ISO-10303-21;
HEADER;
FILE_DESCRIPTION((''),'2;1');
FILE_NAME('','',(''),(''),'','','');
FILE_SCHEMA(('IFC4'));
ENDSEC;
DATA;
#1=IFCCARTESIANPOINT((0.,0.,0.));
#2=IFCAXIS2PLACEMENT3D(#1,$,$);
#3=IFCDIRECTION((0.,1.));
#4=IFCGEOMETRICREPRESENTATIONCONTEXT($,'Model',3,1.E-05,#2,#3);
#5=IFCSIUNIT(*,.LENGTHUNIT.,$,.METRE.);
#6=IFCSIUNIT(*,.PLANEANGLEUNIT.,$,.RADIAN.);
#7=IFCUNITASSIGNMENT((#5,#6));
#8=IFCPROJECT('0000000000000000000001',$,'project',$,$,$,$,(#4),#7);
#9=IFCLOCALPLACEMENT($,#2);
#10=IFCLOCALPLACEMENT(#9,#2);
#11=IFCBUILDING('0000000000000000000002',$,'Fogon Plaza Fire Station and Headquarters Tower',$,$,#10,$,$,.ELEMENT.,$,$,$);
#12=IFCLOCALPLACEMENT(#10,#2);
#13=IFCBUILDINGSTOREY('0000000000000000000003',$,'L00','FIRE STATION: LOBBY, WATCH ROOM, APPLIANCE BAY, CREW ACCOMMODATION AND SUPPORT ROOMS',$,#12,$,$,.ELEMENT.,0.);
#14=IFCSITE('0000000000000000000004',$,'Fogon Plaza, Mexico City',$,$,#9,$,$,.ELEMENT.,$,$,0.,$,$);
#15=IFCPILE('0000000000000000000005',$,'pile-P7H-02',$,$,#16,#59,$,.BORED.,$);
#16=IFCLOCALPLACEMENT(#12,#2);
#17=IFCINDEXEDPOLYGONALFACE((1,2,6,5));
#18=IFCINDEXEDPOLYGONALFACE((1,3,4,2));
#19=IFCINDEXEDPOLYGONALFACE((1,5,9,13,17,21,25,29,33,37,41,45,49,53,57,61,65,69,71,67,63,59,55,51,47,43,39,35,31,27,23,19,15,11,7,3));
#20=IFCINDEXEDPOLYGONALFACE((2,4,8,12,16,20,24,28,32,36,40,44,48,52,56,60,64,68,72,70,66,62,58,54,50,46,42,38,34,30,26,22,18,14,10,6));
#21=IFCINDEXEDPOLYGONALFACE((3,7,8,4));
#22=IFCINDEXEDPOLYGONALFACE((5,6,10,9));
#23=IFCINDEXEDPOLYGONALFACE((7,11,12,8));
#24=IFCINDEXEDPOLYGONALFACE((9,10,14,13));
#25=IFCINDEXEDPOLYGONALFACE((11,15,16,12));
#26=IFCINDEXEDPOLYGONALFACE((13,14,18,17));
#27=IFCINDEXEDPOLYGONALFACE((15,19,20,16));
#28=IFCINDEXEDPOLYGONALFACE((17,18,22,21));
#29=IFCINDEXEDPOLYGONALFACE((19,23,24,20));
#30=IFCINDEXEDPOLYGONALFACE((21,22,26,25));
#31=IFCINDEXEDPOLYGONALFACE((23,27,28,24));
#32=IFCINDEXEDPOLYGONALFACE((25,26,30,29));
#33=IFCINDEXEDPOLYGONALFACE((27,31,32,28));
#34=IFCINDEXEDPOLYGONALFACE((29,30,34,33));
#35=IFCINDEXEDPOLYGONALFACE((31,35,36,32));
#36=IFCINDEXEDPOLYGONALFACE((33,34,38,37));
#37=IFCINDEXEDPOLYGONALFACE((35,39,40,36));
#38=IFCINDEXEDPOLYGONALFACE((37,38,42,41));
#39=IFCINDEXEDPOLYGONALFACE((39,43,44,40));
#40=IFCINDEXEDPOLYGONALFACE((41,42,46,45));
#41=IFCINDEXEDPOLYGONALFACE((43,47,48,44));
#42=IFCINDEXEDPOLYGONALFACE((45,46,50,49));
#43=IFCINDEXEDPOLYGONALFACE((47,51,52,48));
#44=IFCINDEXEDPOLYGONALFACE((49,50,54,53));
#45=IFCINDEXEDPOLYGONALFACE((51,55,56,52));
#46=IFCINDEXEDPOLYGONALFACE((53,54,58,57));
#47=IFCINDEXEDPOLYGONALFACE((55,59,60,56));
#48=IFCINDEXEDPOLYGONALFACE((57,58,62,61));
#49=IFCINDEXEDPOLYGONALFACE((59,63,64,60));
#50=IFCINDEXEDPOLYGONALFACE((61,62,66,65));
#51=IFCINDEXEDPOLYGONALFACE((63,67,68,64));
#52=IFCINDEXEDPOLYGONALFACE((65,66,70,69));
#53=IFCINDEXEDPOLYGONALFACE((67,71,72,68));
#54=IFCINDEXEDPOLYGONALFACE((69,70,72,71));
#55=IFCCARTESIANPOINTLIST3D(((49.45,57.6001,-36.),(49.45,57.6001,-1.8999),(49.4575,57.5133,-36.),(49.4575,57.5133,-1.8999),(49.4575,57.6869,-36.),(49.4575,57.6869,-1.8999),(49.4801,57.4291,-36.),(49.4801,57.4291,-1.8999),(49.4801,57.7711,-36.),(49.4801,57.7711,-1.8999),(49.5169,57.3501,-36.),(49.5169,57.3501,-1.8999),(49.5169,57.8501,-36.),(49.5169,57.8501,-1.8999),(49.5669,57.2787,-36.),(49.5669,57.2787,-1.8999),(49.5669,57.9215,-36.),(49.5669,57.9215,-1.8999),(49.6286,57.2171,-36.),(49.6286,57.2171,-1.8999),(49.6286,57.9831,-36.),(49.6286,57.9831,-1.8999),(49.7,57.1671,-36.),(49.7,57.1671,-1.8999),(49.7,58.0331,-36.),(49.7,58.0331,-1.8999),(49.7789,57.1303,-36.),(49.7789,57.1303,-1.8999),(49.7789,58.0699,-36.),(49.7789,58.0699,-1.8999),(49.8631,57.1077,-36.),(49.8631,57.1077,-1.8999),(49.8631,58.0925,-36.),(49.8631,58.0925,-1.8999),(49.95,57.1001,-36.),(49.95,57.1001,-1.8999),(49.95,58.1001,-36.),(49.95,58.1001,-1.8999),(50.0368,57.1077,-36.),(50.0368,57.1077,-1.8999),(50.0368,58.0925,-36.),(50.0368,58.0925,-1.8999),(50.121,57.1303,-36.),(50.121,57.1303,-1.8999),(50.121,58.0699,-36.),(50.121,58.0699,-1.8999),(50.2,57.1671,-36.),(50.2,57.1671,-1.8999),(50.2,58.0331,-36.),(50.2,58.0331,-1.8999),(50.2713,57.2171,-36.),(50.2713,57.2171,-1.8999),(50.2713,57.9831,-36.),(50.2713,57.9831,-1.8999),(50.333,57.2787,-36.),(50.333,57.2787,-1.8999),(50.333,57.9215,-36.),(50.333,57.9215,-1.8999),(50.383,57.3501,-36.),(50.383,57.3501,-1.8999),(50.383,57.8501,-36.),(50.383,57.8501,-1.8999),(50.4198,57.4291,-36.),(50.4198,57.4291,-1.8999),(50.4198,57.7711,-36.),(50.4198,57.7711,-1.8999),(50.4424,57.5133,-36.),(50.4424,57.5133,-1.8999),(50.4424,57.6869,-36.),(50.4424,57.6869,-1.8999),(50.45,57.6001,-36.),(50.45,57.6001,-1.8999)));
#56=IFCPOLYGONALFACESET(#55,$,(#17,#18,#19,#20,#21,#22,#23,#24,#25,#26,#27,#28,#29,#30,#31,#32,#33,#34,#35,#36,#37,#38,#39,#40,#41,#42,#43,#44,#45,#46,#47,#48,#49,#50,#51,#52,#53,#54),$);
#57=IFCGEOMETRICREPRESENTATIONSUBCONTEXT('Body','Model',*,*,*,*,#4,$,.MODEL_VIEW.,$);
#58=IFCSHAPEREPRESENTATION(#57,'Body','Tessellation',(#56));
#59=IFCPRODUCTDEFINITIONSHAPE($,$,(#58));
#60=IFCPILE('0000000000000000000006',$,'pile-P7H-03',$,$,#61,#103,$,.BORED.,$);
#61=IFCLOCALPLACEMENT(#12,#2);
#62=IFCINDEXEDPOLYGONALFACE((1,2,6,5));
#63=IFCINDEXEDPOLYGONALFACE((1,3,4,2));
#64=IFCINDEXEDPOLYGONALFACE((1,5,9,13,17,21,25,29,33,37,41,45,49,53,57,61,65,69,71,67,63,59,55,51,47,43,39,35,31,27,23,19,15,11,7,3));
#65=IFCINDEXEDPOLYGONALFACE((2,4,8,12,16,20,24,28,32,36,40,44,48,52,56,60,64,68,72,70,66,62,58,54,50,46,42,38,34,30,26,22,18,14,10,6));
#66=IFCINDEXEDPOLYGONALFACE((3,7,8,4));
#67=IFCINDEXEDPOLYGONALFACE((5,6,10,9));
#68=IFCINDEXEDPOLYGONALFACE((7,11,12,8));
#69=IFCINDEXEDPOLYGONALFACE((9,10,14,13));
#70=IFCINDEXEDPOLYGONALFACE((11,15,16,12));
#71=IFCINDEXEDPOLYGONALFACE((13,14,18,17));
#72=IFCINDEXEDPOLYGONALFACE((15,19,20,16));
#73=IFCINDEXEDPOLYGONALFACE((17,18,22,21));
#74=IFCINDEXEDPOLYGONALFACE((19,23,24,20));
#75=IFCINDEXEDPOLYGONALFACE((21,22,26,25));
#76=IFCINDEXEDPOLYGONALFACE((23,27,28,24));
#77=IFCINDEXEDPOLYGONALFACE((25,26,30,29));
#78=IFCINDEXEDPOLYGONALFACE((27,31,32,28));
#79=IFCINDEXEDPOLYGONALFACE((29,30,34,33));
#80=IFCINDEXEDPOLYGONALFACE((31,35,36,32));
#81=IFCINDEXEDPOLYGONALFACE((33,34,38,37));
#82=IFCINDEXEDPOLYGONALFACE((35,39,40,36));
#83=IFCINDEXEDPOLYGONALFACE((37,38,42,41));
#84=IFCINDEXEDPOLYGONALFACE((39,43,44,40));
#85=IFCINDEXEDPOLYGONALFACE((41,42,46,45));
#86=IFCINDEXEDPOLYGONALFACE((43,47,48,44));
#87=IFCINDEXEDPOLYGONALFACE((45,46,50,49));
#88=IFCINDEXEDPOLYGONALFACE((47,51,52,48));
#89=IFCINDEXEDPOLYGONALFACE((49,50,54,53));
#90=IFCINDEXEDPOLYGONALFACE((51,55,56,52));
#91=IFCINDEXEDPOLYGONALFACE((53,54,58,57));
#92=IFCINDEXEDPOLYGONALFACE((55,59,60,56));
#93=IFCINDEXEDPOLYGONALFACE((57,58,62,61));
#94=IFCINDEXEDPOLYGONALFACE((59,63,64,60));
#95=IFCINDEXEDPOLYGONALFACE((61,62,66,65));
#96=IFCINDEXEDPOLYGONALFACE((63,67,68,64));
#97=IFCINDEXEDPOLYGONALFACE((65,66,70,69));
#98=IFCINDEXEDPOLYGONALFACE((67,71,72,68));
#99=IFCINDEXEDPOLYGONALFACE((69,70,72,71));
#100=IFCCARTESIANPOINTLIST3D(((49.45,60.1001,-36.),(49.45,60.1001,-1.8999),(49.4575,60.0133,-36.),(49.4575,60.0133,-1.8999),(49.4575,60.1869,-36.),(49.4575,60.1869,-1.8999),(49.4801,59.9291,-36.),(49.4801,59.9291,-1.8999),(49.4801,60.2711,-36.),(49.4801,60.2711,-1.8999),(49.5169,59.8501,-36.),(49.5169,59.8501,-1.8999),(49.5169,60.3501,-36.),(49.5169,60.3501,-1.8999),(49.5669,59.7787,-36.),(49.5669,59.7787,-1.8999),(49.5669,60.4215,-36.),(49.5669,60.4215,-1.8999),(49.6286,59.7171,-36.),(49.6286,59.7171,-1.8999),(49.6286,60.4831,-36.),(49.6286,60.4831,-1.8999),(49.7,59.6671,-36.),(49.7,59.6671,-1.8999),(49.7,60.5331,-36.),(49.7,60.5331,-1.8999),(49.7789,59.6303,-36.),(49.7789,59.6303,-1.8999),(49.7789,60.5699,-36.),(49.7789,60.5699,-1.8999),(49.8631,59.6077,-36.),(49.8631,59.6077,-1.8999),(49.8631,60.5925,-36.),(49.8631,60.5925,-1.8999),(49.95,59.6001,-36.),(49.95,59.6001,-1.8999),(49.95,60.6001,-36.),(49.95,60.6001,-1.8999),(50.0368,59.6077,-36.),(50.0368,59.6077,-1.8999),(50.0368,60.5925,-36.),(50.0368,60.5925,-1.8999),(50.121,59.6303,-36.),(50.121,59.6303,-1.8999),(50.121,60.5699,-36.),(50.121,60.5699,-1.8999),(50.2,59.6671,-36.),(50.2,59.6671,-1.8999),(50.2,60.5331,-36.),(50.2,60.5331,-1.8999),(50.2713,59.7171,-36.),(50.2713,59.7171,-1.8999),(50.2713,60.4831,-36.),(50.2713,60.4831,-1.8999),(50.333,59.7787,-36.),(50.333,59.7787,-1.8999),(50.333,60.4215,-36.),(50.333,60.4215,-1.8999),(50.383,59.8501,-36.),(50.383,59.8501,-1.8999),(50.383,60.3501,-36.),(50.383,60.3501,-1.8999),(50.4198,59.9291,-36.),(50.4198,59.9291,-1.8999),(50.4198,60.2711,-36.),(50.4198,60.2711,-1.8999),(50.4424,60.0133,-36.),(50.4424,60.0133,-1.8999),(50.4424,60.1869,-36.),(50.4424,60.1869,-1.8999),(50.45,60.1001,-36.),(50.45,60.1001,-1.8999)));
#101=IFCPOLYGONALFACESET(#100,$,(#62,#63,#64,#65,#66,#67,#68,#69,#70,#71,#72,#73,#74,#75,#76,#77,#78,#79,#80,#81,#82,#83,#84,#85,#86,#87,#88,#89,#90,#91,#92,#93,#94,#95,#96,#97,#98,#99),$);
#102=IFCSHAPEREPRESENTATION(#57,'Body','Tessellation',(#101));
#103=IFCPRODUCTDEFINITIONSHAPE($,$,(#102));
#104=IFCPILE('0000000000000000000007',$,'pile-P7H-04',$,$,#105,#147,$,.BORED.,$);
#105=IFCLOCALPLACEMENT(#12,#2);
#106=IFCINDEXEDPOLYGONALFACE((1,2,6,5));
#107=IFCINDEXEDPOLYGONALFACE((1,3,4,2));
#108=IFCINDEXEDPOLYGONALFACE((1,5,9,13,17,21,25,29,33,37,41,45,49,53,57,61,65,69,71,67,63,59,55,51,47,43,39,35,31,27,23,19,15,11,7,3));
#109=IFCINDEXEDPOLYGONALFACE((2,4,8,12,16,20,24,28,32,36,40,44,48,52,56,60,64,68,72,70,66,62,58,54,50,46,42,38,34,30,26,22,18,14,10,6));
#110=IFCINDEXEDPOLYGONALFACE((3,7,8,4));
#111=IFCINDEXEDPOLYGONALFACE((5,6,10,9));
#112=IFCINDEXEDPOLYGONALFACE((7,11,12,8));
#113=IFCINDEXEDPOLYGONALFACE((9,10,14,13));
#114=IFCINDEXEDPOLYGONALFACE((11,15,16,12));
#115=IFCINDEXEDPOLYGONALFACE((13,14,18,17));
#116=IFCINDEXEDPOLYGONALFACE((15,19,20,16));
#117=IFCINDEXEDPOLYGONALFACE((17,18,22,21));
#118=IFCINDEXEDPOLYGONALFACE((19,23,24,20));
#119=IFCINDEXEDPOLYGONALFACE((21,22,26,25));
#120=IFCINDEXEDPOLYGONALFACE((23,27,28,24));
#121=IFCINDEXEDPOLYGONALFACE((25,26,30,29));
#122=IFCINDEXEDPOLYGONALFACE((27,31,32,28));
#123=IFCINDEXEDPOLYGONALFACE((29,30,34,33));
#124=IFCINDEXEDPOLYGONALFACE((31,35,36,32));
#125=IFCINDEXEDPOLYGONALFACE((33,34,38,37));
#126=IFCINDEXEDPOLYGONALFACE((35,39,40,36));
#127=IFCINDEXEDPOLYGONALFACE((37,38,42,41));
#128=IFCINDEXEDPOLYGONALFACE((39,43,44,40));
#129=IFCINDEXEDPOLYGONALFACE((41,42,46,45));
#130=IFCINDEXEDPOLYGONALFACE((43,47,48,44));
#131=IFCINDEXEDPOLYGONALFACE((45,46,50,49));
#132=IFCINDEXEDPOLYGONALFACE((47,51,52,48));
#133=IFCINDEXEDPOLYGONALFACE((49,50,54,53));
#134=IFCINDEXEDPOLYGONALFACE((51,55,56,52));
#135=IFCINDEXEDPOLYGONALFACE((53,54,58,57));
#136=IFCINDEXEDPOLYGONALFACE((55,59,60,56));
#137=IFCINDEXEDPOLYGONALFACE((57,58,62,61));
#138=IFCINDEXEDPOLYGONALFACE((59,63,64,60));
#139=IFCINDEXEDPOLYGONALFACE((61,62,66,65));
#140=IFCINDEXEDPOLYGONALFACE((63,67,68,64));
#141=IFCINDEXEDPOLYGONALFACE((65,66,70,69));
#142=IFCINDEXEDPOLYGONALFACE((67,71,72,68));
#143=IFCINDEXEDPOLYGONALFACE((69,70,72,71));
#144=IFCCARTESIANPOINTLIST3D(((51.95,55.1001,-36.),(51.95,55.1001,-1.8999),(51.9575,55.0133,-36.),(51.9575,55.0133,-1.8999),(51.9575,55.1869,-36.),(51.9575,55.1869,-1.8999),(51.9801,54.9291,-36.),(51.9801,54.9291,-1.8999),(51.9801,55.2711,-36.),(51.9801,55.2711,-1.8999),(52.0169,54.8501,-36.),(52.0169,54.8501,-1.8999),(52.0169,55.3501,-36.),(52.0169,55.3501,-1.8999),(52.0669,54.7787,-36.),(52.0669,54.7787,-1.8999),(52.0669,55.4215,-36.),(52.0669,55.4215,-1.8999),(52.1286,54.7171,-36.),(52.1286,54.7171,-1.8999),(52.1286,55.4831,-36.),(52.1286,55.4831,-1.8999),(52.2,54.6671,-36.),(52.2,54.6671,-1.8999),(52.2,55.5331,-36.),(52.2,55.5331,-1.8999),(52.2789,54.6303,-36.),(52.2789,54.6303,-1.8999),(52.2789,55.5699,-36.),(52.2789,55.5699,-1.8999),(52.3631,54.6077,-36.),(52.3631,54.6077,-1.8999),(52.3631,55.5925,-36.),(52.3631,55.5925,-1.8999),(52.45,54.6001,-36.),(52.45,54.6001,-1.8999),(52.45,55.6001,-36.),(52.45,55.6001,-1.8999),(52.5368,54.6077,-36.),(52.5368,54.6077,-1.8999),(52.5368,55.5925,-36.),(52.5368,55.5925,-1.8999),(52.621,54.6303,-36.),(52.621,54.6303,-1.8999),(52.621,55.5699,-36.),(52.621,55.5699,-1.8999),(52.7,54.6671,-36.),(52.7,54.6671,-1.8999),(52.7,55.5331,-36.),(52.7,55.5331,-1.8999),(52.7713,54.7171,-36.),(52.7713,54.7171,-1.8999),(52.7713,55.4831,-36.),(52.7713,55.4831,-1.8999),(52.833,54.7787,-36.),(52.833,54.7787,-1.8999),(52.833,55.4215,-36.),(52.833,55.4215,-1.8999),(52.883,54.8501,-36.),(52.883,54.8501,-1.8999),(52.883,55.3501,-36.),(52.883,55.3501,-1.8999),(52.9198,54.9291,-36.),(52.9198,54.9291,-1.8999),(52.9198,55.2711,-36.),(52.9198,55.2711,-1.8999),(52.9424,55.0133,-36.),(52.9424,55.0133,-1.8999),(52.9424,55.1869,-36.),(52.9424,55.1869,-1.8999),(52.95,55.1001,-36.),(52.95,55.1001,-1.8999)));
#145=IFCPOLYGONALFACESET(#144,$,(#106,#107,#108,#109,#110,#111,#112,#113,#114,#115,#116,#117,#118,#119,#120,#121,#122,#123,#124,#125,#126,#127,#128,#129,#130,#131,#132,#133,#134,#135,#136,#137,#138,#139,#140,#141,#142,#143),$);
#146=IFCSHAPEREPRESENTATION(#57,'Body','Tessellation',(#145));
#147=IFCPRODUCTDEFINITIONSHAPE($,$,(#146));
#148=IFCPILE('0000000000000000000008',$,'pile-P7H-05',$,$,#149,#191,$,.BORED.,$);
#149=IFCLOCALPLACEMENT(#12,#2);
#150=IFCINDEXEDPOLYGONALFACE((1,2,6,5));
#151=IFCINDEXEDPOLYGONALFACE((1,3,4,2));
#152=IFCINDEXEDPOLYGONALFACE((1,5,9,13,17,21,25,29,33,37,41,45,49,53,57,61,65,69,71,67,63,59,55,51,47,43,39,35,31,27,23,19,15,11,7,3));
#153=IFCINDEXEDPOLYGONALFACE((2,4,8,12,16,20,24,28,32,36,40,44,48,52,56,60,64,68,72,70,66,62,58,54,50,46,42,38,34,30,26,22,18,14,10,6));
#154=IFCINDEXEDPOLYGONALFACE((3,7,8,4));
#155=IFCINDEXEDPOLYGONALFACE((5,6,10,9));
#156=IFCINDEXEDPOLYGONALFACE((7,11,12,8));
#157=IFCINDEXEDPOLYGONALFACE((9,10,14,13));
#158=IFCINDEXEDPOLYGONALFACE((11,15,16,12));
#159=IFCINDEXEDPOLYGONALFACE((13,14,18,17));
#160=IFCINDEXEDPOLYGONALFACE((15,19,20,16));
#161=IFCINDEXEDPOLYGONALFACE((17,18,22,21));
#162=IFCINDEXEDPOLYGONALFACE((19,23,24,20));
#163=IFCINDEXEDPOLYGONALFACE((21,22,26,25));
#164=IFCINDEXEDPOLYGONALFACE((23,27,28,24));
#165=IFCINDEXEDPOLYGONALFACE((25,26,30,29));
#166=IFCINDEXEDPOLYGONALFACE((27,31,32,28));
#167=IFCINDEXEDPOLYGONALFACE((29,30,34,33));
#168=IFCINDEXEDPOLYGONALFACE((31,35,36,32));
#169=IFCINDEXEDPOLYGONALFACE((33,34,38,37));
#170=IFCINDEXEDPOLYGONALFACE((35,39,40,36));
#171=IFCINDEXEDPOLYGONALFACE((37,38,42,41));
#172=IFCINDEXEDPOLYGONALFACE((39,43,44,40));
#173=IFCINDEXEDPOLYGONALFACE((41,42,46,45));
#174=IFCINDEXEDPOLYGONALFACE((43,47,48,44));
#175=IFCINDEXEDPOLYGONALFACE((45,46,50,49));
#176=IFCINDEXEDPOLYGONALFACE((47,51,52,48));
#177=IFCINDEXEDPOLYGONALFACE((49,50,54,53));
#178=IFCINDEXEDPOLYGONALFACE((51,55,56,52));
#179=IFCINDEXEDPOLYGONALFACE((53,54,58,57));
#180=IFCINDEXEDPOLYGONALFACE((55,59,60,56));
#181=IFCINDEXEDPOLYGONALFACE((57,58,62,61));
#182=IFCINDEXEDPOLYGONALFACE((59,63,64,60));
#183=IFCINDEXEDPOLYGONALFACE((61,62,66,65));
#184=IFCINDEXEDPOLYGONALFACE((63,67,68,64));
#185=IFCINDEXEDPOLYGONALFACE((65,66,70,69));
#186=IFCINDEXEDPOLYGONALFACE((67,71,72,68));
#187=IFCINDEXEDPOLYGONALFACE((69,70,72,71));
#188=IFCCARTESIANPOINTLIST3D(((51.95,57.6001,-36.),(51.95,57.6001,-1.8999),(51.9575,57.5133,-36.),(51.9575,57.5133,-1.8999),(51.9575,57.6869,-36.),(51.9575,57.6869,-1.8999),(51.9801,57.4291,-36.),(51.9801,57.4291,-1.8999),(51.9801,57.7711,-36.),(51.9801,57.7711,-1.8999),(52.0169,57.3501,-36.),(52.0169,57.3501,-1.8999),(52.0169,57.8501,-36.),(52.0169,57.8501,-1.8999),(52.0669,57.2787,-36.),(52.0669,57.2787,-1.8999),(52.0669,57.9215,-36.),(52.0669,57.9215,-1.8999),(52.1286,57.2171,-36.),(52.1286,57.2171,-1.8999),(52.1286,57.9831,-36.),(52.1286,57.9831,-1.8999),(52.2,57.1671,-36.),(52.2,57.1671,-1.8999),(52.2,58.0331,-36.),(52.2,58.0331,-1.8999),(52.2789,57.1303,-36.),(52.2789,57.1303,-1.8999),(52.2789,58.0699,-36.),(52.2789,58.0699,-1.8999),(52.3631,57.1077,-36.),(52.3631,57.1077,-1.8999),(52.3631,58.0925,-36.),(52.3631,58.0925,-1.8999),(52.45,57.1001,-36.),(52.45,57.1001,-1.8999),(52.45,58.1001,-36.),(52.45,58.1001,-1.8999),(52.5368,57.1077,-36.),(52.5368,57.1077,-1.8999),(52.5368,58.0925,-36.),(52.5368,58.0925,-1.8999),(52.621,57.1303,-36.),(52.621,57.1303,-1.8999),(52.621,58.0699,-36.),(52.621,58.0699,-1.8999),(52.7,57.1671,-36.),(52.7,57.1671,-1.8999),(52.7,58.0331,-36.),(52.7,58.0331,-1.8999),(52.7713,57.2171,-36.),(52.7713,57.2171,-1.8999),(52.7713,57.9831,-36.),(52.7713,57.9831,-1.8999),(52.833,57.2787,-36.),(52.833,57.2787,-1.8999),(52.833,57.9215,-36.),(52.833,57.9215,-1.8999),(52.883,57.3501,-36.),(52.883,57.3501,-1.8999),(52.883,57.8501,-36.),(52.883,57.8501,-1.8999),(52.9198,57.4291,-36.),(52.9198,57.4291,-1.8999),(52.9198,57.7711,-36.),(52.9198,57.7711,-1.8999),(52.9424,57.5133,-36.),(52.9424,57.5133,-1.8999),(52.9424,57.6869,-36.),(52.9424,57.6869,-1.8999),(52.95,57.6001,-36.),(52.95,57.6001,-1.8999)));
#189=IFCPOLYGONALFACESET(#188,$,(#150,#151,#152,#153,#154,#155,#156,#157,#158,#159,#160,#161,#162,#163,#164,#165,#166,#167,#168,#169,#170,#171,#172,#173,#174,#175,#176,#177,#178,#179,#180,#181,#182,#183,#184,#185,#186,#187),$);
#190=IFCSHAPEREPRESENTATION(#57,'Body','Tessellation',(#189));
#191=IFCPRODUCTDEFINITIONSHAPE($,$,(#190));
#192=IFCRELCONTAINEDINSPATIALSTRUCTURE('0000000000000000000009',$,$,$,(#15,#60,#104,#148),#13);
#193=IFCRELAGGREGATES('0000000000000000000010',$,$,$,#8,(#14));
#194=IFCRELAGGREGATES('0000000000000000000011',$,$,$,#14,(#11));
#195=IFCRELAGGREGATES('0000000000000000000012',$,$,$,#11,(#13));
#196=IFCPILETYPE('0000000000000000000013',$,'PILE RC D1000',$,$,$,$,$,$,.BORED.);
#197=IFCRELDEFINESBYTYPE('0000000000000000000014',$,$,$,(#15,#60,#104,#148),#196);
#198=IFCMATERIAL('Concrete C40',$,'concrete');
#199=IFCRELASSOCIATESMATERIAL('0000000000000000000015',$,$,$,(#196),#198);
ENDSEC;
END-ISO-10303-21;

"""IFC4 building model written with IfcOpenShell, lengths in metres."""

from ifc_helpers import new_model, si_unit, direction, frame, origin, origin_2d, place, context, subcontext, project, spatial, circle, extrude, material, material_profile, profile_set, type_object, element, save


model = new_model("IFC4")

# Units and contexts
model_context = context("Model", 3, precision=1e-05, world=origin(), true_north=direction((0.0, 1.0)))
body_context = subcontext(model_context, "Body", "Model", "MODEL_VIEW")
ifc_project = project(units=[si_unit("LENGTHUNIT", "METRE"), si_unit("PLANEANGLEUNIT", "RADIAN")], contexts=[model_context])

# Site, building, storey
site_placement = place(None, origin())
site = spatial("IfcSite", under=ifc_project, at=site_placement, Name="Fogon Plaza, Mexico City", CompositionType="ELEMENT", RefElevation=0.0)
building_placement = place(site_placement, origin())
building = spatial("IfcBuilding", under=site, at=building_placement, Name="Fogon Plaza Fire Station and Headquarters Tower", CompositionType="ELEMENT")
storey_placement = place(building_placement, origin())
storey = spatial("IfcBuildingStorey", under=building, at=storey_placement, Name="L00", Description="FIRE STATION: LOBBY, WATCH ROOM, APPLIANCE BAY, CREW ACCOMMODATION AND SUPPORT ROOMS", CompositionType="ELEMENT", Elevation=0.0)

# Piles
ifc_material_1 = material(Name="Concrete C40", Category="concrete")
ifc_material_profile_1 = material_profile(ifc_material_1, circle(Radius=0.5, at=origin_2d()), Name="RC D1000")
ifc_profile_set_1 = profile_set([ifc_material_profile_1], Name="Concrete C40")
pile_type_1 = type_object("IfcPileType", Name="PILE RC D1000", PredefinedType="BORED", material=ifc_profile_set_1)
for number, where, z_axis, x_axis, name in (
    (1, (49.95, 57.6001, -1.8999), (0.0, 0.0, -1.0), (1.0, 0.0, 0.0), "pile-P7H-02"),
    (2, (49.95, 60.1001, -1.8999), (0.0, 0.0, -1.0), (1.0, 0.0, 0.0), "pile-P7H-03"),
    (3, (52.45, 55.1001, -1.8999), (0.0, 0.0, -1.0), (1.0, 0.0, 0.0), "pile-P7H-04"),
    (4, (52.45, 57.6001, -1.8999), (0.0, 0.0, -1.0), (1.0, 0.0, 0.0), "pile-P7H-05"),
):
    element("IfcPile", number, at=place(storey_placement, frame(where, z_axis=z_axis, x_axis=x_axis)), inside=storey, type_object=pile_type_1, Name=name, PredefinedType="BORED", context=body_context, shape_type="SweptSolid", body=[
        extrude(circle(Radius=0.5, at=origin_2d()), origin(), (0.0, 0.0, 1.0), 34.1001),
    ])

save(model, "model.ifc")
